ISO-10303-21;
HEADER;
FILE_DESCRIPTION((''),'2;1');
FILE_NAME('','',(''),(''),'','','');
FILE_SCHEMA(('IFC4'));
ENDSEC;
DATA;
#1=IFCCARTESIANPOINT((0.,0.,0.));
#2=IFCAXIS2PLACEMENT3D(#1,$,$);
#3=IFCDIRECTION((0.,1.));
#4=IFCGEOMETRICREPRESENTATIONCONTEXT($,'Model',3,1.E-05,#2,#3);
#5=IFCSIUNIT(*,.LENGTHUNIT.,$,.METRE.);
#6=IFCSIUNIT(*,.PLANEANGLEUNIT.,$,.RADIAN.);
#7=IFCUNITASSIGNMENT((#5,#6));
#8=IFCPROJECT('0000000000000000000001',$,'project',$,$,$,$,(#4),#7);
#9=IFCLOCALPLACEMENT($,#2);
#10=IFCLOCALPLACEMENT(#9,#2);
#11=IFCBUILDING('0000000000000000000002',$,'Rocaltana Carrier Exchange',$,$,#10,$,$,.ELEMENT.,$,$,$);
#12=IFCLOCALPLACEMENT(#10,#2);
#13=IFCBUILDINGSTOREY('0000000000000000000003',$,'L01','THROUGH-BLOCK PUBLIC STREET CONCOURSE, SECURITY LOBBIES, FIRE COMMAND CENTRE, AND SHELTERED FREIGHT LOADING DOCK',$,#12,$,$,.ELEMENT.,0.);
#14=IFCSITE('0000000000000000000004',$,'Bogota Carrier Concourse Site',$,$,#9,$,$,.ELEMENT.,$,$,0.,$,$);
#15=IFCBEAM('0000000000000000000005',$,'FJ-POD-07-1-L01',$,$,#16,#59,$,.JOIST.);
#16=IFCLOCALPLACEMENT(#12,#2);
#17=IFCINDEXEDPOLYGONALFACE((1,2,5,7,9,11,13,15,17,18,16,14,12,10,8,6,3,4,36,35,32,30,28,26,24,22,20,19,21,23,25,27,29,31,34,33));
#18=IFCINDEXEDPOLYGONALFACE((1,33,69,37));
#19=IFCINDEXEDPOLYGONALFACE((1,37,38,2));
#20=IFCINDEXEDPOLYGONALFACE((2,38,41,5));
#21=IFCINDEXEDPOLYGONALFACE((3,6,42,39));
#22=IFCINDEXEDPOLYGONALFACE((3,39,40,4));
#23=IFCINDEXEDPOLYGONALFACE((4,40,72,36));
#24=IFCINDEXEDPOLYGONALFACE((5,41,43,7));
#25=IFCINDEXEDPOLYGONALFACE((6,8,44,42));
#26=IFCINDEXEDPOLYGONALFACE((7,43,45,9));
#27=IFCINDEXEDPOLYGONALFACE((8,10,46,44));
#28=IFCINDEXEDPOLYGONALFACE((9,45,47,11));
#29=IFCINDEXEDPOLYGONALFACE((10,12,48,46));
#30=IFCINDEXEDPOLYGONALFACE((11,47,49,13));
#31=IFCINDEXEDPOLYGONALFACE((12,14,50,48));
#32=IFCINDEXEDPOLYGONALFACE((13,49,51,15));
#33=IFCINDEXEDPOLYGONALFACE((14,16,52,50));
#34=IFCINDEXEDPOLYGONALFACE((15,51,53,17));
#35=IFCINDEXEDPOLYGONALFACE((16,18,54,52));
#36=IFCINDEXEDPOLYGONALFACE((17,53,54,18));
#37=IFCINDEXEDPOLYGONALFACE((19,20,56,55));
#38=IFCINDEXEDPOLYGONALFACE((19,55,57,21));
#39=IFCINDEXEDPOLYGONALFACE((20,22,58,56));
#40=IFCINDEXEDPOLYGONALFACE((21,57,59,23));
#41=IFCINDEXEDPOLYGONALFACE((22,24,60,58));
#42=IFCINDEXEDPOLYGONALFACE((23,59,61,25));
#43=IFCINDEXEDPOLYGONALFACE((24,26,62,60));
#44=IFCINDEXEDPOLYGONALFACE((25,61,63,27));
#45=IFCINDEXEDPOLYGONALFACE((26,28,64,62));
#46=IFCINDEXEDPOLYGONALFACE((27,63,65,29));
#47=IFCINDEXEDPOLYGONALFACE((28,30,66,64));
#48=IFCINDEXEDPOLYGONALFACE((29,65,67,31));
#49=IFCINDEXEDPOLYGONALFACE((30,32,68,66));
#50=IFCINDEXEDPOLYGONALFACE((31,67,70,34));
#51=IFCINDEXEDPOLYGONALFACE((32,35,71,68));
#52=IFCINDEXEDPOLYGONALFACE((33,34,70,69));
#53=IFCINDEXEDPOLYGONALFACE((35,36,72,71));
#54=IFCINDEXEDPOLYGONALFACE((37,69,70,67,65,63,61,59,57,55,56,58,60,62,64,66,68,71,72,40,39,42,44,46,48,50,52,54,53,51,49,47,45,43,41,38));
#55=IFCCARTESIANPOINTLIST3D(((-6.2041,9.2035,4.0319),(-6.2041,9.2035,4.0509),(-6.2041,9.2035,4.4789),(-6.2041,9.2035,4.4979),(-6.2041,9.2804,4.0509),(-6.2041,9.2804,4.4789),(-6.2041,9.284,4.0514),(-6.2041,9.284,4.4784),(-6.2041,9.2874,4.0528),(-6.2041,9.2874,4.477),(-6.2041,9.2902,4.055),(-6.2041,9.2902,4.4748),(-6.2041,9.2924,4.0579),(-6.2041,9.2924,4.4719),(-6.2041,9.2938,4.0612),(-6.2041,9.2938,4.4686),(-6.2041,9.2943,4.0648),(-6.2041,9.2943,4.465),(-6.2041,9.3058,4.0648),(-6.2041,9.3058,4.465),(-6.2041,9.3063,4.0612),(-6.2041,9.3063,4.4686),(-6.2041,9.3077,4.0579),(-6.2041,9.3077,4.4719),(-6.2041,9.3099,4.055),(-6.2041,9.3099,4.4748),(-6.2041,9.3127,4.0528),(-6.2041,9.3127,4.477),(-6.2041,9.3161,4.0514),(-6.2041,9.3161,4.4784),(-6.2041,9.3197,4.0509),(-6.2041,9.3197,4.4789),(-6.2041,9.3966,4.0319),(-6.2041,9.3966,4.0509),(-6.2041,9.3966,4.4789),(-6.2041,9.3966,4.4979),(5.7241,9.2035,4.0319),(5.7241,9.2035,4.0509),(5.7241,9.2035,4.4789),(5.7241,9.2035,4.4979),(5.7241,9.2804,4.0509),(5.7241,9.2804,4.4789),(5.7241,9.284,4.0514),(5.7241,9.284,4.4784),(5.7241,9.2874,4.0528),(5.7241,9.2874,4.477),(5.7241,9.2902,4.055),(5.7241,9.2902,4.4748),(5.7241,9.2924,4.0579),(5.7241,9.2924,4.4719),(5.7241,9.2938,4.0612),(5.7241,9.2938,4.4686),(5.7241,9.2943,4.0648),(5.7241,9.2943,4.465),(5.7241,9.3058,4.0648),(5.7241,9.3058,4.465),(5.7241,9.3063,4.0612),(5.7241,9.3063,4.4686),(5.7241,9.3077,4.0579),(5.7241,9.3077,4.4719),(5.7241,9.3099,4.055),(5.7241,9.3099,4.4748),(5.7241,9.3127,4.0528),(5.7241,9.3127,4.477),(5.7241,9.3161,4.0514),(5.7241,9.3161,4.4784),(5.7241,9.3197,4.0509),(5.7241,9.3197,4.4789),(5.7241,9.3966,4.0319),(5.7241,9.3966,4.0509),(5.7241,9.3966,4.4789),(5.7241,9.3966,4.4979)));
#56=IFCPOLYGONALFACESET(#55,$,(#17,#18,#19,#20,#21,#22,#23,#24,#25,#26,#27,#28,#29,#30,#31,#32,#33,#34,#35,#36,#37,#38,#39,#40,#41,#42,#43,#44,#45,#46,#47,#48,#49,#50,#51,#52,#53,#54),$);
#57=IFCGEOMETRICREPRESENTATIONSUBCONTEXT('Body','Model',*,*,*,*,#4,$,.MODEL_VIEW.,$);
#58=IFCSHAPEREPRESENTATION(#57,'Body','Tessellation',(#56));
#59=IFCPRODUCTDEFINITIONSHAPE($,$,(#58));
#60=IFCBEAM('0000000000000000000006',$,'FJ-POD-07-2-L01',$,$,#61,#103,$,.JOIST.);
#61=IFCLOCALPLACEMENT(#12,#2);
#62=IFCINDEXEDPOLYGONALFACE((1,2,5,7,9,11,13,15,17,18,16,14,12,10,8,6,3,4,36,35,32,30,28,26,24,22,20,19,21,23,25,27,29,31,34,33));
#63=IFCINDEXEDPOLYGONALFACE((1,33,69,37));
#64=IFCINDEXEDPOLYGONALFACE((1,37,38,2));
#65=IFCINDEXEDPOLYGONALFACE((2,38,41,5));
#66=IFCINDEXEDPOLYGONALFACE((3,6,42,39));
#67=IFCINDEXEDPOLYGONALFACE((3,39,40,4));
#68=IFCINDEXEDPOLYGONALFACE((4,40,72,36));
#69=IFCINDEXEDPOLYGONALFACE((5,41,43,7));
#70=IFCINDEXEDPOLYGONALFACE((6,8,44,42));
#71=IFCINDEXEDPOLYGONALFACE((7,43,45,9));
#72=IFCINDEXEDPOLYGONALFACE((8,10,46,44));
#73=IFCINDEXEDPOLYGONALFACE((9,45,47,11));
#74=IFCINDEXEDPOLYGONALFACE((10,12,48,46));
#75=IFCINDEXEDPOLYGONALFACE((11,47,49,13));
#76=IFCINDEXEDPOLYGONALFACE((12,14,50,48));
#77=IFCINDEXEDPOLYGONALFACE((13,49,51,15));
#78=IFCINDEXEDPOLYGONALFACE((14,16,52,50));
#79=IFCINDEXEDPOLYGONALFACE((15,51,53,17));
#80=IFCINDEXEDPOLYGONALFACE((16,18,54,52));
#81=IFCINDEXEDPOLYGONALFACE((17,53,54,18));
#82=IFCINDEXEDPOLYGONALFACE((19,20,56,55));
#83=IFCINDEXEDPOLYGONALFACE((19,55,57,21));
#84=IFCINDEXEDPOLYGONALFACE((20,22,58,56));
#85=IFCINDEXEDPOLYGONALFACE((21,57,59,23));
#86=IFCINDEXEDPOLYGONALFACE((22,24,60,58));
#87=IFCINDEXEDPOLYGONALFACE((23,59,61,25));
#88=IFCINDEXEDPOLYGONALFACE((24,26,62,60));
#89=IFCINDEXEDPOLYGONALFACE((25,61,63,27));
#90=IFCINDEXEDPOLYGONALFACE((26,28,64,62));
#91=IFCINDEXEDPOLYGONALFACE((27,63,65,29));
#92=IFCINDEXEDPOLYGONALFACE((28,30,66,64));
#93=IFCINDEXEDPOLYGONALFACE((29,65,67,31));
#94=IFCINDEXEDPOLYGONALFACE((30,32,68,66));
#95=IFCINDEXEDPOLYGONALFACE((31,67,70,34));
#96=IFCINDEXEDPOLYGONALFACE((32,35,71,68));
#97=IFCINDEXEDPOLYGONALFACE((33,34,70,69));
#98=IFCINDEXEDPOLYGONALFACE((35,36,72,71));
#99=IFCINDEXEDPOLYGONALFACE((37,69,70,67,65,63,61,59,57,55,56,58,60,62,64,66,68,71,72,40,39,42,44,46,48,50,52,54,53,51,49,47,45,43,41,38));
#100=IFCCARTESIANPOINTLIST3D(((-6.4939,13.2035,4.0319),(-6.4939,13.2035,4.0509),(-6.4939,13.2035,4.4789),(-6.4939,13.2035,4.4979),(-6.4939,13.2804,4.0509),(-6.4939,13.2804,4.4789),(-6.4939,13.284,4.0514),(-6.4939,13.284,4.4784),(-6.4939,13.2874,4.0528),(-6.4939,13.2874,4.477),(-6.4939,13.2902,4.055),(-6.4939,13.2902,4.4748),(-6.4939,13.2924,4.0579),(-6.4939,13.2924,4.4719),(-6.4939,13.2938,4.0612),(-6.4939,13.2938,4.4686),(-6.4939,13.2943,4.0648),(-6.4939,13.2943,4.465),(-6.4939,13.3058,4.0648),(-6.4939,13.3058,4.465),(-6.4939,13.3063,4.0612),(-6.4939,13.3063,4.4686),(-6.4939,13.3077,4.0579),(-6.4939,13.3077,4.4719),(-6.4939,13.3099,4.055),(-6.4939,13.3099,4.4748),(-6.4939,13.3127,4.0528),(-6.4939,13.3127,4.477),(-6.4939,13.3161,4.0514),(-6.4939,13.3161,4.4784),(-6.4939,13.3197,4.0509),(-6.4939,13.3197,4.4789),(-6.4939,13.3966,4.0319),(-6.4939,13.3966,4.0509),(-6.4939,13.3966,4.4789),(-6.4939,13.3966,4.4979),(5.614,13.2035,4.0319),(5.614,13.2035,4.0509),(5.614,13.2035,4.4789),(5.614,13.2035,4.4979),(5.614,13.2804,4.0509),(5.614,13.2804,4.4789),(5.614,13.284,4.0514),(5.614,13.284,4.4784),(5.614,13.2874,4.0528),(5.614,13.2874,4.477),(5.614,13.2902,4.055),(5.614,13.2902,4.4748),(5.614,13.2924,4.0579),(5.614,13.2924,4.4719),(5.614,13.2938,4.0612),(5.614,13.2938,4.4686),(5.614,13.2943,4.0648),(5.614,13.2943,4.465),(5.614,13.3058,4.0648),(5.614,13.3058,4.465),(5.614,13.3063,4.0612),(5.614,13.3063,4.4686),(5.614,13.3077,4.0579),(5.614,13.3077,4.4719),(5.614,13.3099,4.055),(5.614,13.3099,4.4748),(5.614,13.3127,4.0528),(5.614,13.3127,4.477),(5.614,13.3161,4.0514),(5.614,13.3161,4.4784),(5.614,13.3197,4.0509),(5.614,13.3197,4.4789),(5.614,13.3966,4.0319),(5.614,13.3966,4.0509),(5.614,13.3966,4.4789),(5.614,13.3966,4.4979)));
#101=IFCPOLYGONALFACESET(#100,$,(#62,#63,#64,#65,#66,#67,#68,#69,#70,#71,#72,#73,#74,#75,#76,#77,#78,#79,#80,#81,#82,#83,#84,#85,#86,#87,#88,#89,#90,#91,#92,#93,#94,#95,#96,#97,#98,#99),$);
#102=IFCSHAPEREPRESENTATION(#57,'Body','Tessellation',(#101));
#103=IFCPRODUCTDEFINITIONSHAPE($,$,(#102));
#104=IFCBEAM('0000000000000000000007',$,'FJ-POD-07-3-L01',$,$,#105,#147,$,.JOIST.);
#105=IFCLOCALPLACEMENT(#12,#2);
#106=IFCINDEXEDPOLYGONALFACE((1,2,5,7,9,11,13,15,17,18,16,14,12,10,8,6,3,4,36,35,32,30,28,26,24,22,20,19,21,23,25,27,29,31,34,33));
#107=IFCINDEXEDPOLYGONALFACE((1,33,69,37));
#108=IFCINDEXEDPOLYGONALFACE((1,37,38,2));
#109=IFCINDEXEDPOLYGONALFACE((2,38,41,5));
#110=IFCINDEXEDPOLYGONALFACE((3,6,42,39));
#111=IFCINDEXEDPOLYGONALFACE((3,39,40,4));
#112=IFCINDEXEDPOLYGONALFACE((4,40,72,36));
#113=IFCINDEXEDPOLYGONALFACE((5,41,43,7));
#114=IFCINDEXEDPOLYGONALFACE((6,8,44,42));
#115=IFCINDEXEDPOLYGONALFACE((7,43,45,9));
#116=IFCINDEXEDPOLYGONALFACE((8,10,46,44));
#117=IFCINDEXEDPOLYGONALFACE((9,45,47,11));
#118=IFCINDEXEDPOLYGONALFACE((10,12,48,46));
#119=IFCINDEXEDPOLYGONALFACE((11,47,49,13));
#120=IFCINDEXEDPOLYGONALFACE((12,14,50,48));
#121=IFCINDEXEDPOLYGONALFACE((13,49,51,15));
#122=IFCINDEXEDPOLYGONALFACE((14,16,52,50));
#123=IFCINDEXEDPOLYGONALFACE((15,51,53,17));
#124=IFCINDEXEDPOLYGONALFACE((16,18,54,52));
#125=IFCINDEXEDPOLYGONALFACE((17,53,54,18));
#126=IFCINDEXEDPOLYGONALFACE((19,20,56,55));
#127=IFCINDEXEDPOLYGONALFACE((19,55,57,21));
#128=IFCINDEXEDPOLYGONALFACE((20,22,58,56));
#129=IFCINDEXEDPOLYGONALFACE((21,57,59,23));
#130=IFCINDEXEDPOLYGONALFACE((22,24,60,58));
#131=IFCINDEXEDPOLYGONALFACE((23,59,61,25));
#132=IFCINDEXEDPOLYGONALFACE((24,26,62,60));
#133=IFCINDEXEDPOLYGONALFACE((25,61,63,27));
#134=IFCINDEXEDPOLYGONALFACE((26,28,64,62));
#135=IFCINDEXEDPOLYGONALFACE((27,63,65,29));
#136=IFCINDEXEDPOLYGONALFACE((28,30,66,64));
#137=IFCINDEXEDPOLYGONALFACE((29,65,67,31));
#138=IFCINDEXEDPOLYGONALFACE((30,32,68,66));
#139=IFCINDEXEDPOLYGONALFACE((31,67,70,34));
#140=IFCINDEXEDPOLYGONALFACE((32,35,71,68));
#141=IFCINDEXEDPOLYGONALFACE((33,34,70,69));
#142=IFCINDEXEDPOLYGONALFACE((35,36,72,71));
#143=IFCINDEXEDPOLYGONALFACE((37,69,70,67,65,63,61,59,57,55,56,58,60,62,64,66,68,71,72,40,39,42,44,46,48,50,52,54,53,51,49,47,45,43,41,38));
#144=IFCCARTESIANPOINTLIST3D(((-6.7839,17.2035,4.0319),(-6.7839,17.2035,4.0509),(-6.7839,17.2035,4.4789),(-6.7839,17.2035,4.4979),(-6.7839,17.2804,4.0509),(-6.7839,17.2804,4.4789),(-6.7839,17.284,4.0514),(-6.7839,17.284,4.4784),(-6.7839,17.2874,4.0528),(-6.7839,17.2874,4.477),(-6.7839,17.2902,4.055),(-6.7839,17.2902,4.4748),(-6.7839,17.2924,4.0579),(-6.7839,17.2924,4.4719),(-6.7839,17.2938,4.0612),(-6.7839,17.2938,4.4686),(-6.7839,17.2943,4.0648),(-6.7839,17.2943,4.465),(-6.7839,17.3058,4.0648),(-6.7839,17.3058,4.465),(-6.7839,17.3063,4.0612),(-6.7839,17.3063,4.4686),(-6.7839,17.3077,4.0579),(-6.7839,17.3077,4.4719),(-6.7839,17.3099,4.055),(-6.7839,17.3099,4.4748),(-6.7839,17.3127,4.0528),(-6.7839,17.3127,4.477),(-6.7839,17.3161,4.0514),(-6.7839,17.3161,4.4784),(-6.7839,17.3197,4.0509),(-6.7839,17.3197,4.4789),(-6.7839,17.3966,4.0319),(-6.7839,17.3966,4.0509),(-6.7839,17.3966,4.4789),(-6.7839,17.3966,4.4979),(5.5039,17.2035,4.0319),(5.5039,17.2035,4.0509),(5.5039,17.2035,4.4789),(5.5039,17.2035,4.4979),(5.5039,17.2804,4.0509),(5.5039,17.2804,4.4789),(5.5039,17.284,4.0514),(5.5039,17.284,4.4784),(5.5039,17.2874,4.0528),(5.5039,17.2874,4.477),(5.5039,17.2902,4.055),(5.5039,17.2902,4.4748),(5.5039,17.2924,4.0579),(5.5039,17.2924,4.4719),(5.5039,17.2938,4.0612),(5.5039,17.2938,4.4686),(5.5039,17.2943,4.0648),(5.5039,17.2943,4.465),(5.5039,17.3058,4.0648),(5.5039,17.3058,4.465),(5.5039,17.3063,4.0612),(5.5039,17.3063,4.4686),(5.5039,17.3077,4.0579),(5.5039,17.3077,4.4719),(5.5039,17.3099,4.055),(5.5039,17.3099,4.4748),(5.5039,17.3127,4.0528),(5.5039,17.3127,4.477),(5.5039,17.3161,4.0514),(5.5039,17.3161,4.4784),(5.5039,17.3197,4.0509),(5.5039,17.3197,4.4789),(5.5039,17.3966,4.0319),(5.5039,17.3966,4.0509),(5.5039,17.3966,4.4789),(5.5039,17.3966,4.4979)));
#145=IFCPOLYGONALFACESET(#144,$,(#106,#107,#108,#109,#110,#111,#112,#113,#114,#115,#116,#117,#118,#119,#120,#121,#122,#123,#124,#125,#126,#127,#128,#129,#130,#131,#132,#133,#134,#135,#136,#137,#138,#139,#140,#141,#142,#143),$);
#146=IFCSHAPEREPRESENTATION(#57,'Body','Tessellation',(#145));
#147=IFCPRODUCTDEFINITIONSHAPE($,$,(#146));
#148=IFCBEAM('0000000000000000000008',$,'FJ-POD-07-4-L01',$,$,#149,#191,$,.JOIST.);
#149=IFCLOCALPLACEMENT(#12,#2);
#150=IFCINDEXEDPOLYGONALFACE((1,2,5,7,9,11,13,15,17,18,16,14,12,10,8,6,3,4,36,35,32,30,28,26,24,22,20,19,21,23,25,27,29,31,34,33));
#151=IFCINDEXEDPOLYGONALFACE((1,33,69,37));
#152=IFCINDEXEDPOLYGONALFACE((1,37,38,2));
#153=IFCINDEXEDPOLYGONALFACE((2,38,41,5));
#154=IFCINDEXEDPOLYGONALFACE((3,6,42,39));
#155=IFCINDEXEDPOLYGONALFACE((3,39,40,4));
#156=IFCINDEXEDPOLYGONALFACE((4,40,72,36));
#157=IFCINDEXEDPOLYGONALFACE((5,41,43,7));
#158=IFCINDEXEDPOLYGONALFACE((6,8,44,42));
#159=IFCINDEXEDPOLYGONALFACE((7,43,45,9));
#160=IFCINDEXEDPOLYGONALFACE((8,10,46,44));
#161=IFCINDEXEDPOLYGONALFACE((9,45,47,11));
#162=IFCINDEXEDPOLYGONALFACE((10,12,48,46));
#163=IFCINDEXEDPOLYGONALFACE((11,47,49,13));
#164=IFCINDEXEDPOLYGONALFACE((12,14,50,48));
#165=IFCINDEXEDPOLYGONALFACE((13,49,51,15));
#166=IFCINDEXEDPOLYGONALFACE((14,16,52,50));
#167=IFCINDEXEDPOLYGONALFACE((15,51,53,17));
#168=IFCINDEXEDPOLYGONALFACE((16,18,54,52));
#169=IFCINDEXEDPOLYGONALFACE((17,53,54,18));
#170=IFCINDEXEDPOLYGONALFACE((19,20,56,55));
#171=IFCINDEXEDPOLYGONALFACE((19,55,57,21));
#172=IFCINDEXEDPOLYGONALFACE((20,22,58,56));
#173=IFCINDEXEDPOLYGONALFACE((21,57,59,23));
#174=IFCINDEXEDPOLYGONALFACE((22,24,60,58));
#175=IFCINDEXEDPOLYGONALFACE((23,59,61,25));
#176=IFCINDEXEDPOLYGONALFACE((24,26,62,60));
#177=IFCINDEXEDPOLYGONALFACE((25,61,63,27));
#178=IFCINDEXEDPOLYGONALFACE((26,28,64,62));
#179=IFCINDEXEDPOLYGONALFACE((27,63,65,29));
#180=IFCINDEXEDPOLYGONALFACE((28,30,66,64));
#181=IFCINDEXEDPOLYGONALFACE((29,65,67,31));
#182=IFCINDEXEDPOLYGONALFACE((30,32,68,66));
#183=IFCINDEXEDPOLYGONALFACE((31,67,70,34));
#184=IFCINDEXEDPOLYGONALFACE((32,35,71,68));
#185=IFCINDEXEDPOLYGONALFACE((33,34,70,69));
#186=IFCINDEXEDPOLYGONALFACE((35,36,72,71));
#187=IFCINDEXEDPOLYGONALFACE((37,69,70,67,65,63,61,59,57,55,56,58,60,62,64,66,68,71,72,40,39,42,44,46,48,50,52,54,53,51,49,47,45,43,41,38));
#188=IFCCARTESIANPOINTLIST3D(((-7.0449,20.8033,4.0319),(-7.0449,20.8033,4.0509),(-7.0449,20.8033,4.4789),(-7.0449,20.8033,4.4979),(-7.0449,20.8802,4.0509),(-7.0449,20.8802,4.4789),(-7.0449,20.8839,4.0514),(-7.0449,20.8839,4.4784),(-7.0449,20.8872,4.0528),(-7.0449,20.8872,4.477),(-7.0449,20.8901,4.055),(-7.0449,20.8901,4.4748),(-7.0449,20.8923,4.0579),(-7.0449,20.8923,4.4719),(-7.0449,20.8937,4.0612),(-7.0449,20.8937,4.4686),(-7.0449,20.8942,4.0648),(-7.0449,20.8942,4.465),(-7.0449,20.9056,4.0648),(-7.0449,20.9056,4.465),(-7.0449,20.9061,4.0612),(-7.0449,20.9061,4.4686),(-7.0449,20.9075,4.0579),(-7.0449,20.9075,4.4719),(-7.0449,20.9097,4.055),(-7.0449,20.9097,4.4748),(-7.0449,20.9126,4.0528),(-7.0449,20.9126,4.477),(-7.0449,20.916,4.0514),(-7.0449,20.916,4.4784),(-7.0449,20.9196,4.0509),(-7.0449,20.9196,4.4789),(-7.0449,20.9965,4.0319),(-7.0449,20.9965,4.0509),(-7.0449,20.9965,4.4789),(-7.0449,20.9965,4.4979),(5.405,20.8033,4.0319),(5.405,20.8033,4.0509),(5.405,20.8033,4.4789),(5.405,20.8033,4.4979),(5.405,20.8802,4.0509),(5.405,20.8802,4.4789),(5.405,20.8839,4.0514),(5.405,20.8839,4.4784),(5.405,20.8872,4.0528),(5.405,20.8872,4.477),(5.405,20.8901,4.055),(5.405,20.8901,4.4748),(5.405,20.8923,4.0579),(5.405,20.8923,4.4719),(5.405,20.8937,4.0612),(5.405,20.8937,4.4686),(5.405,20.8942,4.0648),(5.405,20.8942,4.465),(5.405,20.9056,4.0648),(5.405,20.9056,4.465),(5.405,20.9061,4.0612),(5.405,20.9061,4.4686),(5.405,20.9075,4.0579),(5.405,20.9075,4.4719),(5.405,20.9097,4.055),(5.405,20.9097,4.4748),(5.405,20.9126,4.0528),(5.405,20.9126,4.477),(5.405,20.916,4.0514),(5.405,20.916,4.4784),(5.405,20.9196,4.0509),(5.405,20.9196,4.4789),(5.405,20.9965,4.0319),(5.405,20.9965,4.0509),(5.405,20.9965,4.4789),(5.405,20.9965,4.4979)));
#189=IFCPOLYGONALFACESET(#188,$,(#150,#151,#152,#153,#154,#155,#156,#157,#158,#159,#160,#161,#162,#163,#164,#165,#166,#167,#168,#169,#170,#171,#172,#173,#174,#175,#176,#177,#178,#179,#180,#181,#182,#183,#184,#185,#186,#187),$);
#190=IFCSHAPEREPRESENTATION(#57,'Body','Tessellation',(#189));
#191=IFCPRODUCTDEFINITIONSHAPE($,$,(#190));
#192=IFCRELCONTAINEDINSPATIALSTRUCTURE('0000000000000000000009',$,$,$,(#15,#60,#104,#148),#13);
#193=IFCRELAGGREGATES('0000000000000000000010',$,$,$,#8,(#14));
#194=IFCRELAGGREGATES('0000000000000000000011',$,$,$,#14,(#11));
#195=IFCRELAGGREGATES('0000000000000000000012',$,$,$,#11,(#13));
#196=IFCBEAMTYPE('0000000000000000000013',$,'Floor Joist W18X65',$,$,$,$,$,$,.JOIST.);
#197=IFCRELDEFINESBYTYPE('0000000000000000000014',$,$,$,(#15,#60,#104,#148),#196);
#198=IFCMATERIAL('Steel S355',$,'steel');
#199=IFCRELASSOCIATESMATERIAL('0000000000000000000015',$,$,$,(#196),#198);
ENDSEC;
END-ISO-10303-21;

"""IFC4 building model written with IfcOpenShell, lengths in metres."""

from ifc_helpers import new_model, si_unit, direction, frame, origin, origin_2d, place, context, subcontext, project, spatial, i_section, extrude, material, material_profile, profile_set, type_object, element, save


model = new_model("IFC4")

# Units and contexts
model_context = context("Model", 3, precision=1e-05, world=origin(), true_north=direction((0.0, 1.0)))
body_context = subcontext(model_context, "Body", "Model", "MODEL_VIEW")
ifc_project = project(units=[si_unit("LENGTHUNIT", "METRE"), si_unit("PLANEANGLEUNIT", "RADIAN")], contexts=[model_context])

# Site, building, storey
site_placement = place(None, origin())
site = spatial("IfcSite", under=ifc_project, at=site_placement, Name="Bogota Carrier Concourse Site", CompositionType="ELEMENT", RefElevation=0.0)
building_placement = place(site_placement, origin())
building = spatial("IfcBuilding", under=site, at=building_placement, Name="Rocaltana Carrier Exchange", CompositionType="ELEMENT")
storey_placement = place(building_placement, origin())
storey = spatial("IfcBuildingStorey", under=building, at=storey_placement, Name="L01", Description="THROUGH-BLOCK PUBLIC STREET CONCOURSE, SECURITY LOBBIES, FIRE COMMAND CENTRE, AND SHELTERED FREIGHT LOADING DOCK", CompositionType="ELEMENT", Elevation=0.0)

# Beams
ifc_material_1 = material(Name="Steel S355", Category="steel")
ifc_material_profile_1 = material_profile(ifc_material_1, i_section(OverallWidth=0.1931, OverallDepth=0.4661, WebThickness=0.0115, FlangeThickness=0.019, FilletRadius=0.0139, at=origin_2d()), Name="W18X65")
ifc_profile_set_1 = profile_set([ifc_material_profile_1], Name="Steel S355")
beam_type_1 = type_object("IfcBeamType", Name="Floor Joist W18X65", PredefinedType="JOIST", material=ifc_profile_set_1)
beam_1_placement = place(storey_placement, frame((5.7241, 9.3, 4.2649), z_axis=(-1.0, 0.0, 0.0), x_axis=(0.0, -1.0, 0.0)))
element("IfcBeam", 1, at=beam_1_placement, inside=storey, type_object=beam_type_1, Name="FJ-POD-07-1-L01", PredefinedType="JOIST", context=body_context, shape_type="SweptSolid", body=[
    extrude(i_section(OverallWidth=0.1931, OverallDepth=0.4661, WebThickness=0.0115, FlangeThickness=0.019, FilletRadius=0.0139, at=origin_2d()), origin(), (0.0, 0.0, 1.0), 11.9282),
])
beam_2_placement = place(storey_placement, frame((5.614, 13.3, 4.2649), z_axis=(-1.0, 0.0, 0.0), x_axis=(0.0, -1.0, 0.0)))
element("IfcBeam", 2, at=beam_2_placement, inside=storey, type_object=beam_type_1, Name="FJ-POD-07-2-L01", PredefinedType="JOIST", context=body_context, shape_type="SweptSolid", body=[
    extrude(i_section(OverallWidth=0.1931, OverallDepth=0.4661, WebThickness=0.0115, FlangeThickness=0.019, FilletRadius=0.0139, at=origin_2d()), origin(), (0.0, 0.0, 1.0), 12.1079),
])
beam_3_placement = place(storey_placement, frame((5.5039, 17.3, 4.2649), z_axis=(-1.0, 0.0, 0.0), x_axis=(0.0, -1.0, 0.0)))
element("IfcBeam", 3, at=beam_3_placement, inside=storey, type_object=beam_type_1, Name="FJ-POD-07-3-L01", PredefinedType="JOIST", context=body_context, shape_type="SweptSolid", body=[
    extrude(i_section(OverallWidth=0.1931, OverallDepth=0.4661, WebThickness=0.0115, FlangeThickness=0.019, FilletRadius=0.0139, at=origin_2d()), origin(), (0.0, 0.0, 1.0), 12.2878),
])
beam_4_placement = place(storey_placement, frame((5.405, 20.8999, 4.2649), z_axis=(-1.0, 0.0, 0.0), x_axis=(0.0, -1.0, 0.0)))
element("IfcBeam", 4, at=beam_4_placement, inside=storey, type_object=beam_type_1, Name="FJ-POD-07-4-L01", PredefinedType="JOIST", context=body_context, shape_type="SweptSolid", body=[
    extrude(i_section(OverallWidth=0.1931, OverallDepth=0.4661, WebThickness=0.0115, FlangeThickness=0.019, FilletRadius=0.0139, at=origin_2d()), origin(), (0.0, 0.0, 1.0), 12.45),
])

save(model, "model.ifc")
